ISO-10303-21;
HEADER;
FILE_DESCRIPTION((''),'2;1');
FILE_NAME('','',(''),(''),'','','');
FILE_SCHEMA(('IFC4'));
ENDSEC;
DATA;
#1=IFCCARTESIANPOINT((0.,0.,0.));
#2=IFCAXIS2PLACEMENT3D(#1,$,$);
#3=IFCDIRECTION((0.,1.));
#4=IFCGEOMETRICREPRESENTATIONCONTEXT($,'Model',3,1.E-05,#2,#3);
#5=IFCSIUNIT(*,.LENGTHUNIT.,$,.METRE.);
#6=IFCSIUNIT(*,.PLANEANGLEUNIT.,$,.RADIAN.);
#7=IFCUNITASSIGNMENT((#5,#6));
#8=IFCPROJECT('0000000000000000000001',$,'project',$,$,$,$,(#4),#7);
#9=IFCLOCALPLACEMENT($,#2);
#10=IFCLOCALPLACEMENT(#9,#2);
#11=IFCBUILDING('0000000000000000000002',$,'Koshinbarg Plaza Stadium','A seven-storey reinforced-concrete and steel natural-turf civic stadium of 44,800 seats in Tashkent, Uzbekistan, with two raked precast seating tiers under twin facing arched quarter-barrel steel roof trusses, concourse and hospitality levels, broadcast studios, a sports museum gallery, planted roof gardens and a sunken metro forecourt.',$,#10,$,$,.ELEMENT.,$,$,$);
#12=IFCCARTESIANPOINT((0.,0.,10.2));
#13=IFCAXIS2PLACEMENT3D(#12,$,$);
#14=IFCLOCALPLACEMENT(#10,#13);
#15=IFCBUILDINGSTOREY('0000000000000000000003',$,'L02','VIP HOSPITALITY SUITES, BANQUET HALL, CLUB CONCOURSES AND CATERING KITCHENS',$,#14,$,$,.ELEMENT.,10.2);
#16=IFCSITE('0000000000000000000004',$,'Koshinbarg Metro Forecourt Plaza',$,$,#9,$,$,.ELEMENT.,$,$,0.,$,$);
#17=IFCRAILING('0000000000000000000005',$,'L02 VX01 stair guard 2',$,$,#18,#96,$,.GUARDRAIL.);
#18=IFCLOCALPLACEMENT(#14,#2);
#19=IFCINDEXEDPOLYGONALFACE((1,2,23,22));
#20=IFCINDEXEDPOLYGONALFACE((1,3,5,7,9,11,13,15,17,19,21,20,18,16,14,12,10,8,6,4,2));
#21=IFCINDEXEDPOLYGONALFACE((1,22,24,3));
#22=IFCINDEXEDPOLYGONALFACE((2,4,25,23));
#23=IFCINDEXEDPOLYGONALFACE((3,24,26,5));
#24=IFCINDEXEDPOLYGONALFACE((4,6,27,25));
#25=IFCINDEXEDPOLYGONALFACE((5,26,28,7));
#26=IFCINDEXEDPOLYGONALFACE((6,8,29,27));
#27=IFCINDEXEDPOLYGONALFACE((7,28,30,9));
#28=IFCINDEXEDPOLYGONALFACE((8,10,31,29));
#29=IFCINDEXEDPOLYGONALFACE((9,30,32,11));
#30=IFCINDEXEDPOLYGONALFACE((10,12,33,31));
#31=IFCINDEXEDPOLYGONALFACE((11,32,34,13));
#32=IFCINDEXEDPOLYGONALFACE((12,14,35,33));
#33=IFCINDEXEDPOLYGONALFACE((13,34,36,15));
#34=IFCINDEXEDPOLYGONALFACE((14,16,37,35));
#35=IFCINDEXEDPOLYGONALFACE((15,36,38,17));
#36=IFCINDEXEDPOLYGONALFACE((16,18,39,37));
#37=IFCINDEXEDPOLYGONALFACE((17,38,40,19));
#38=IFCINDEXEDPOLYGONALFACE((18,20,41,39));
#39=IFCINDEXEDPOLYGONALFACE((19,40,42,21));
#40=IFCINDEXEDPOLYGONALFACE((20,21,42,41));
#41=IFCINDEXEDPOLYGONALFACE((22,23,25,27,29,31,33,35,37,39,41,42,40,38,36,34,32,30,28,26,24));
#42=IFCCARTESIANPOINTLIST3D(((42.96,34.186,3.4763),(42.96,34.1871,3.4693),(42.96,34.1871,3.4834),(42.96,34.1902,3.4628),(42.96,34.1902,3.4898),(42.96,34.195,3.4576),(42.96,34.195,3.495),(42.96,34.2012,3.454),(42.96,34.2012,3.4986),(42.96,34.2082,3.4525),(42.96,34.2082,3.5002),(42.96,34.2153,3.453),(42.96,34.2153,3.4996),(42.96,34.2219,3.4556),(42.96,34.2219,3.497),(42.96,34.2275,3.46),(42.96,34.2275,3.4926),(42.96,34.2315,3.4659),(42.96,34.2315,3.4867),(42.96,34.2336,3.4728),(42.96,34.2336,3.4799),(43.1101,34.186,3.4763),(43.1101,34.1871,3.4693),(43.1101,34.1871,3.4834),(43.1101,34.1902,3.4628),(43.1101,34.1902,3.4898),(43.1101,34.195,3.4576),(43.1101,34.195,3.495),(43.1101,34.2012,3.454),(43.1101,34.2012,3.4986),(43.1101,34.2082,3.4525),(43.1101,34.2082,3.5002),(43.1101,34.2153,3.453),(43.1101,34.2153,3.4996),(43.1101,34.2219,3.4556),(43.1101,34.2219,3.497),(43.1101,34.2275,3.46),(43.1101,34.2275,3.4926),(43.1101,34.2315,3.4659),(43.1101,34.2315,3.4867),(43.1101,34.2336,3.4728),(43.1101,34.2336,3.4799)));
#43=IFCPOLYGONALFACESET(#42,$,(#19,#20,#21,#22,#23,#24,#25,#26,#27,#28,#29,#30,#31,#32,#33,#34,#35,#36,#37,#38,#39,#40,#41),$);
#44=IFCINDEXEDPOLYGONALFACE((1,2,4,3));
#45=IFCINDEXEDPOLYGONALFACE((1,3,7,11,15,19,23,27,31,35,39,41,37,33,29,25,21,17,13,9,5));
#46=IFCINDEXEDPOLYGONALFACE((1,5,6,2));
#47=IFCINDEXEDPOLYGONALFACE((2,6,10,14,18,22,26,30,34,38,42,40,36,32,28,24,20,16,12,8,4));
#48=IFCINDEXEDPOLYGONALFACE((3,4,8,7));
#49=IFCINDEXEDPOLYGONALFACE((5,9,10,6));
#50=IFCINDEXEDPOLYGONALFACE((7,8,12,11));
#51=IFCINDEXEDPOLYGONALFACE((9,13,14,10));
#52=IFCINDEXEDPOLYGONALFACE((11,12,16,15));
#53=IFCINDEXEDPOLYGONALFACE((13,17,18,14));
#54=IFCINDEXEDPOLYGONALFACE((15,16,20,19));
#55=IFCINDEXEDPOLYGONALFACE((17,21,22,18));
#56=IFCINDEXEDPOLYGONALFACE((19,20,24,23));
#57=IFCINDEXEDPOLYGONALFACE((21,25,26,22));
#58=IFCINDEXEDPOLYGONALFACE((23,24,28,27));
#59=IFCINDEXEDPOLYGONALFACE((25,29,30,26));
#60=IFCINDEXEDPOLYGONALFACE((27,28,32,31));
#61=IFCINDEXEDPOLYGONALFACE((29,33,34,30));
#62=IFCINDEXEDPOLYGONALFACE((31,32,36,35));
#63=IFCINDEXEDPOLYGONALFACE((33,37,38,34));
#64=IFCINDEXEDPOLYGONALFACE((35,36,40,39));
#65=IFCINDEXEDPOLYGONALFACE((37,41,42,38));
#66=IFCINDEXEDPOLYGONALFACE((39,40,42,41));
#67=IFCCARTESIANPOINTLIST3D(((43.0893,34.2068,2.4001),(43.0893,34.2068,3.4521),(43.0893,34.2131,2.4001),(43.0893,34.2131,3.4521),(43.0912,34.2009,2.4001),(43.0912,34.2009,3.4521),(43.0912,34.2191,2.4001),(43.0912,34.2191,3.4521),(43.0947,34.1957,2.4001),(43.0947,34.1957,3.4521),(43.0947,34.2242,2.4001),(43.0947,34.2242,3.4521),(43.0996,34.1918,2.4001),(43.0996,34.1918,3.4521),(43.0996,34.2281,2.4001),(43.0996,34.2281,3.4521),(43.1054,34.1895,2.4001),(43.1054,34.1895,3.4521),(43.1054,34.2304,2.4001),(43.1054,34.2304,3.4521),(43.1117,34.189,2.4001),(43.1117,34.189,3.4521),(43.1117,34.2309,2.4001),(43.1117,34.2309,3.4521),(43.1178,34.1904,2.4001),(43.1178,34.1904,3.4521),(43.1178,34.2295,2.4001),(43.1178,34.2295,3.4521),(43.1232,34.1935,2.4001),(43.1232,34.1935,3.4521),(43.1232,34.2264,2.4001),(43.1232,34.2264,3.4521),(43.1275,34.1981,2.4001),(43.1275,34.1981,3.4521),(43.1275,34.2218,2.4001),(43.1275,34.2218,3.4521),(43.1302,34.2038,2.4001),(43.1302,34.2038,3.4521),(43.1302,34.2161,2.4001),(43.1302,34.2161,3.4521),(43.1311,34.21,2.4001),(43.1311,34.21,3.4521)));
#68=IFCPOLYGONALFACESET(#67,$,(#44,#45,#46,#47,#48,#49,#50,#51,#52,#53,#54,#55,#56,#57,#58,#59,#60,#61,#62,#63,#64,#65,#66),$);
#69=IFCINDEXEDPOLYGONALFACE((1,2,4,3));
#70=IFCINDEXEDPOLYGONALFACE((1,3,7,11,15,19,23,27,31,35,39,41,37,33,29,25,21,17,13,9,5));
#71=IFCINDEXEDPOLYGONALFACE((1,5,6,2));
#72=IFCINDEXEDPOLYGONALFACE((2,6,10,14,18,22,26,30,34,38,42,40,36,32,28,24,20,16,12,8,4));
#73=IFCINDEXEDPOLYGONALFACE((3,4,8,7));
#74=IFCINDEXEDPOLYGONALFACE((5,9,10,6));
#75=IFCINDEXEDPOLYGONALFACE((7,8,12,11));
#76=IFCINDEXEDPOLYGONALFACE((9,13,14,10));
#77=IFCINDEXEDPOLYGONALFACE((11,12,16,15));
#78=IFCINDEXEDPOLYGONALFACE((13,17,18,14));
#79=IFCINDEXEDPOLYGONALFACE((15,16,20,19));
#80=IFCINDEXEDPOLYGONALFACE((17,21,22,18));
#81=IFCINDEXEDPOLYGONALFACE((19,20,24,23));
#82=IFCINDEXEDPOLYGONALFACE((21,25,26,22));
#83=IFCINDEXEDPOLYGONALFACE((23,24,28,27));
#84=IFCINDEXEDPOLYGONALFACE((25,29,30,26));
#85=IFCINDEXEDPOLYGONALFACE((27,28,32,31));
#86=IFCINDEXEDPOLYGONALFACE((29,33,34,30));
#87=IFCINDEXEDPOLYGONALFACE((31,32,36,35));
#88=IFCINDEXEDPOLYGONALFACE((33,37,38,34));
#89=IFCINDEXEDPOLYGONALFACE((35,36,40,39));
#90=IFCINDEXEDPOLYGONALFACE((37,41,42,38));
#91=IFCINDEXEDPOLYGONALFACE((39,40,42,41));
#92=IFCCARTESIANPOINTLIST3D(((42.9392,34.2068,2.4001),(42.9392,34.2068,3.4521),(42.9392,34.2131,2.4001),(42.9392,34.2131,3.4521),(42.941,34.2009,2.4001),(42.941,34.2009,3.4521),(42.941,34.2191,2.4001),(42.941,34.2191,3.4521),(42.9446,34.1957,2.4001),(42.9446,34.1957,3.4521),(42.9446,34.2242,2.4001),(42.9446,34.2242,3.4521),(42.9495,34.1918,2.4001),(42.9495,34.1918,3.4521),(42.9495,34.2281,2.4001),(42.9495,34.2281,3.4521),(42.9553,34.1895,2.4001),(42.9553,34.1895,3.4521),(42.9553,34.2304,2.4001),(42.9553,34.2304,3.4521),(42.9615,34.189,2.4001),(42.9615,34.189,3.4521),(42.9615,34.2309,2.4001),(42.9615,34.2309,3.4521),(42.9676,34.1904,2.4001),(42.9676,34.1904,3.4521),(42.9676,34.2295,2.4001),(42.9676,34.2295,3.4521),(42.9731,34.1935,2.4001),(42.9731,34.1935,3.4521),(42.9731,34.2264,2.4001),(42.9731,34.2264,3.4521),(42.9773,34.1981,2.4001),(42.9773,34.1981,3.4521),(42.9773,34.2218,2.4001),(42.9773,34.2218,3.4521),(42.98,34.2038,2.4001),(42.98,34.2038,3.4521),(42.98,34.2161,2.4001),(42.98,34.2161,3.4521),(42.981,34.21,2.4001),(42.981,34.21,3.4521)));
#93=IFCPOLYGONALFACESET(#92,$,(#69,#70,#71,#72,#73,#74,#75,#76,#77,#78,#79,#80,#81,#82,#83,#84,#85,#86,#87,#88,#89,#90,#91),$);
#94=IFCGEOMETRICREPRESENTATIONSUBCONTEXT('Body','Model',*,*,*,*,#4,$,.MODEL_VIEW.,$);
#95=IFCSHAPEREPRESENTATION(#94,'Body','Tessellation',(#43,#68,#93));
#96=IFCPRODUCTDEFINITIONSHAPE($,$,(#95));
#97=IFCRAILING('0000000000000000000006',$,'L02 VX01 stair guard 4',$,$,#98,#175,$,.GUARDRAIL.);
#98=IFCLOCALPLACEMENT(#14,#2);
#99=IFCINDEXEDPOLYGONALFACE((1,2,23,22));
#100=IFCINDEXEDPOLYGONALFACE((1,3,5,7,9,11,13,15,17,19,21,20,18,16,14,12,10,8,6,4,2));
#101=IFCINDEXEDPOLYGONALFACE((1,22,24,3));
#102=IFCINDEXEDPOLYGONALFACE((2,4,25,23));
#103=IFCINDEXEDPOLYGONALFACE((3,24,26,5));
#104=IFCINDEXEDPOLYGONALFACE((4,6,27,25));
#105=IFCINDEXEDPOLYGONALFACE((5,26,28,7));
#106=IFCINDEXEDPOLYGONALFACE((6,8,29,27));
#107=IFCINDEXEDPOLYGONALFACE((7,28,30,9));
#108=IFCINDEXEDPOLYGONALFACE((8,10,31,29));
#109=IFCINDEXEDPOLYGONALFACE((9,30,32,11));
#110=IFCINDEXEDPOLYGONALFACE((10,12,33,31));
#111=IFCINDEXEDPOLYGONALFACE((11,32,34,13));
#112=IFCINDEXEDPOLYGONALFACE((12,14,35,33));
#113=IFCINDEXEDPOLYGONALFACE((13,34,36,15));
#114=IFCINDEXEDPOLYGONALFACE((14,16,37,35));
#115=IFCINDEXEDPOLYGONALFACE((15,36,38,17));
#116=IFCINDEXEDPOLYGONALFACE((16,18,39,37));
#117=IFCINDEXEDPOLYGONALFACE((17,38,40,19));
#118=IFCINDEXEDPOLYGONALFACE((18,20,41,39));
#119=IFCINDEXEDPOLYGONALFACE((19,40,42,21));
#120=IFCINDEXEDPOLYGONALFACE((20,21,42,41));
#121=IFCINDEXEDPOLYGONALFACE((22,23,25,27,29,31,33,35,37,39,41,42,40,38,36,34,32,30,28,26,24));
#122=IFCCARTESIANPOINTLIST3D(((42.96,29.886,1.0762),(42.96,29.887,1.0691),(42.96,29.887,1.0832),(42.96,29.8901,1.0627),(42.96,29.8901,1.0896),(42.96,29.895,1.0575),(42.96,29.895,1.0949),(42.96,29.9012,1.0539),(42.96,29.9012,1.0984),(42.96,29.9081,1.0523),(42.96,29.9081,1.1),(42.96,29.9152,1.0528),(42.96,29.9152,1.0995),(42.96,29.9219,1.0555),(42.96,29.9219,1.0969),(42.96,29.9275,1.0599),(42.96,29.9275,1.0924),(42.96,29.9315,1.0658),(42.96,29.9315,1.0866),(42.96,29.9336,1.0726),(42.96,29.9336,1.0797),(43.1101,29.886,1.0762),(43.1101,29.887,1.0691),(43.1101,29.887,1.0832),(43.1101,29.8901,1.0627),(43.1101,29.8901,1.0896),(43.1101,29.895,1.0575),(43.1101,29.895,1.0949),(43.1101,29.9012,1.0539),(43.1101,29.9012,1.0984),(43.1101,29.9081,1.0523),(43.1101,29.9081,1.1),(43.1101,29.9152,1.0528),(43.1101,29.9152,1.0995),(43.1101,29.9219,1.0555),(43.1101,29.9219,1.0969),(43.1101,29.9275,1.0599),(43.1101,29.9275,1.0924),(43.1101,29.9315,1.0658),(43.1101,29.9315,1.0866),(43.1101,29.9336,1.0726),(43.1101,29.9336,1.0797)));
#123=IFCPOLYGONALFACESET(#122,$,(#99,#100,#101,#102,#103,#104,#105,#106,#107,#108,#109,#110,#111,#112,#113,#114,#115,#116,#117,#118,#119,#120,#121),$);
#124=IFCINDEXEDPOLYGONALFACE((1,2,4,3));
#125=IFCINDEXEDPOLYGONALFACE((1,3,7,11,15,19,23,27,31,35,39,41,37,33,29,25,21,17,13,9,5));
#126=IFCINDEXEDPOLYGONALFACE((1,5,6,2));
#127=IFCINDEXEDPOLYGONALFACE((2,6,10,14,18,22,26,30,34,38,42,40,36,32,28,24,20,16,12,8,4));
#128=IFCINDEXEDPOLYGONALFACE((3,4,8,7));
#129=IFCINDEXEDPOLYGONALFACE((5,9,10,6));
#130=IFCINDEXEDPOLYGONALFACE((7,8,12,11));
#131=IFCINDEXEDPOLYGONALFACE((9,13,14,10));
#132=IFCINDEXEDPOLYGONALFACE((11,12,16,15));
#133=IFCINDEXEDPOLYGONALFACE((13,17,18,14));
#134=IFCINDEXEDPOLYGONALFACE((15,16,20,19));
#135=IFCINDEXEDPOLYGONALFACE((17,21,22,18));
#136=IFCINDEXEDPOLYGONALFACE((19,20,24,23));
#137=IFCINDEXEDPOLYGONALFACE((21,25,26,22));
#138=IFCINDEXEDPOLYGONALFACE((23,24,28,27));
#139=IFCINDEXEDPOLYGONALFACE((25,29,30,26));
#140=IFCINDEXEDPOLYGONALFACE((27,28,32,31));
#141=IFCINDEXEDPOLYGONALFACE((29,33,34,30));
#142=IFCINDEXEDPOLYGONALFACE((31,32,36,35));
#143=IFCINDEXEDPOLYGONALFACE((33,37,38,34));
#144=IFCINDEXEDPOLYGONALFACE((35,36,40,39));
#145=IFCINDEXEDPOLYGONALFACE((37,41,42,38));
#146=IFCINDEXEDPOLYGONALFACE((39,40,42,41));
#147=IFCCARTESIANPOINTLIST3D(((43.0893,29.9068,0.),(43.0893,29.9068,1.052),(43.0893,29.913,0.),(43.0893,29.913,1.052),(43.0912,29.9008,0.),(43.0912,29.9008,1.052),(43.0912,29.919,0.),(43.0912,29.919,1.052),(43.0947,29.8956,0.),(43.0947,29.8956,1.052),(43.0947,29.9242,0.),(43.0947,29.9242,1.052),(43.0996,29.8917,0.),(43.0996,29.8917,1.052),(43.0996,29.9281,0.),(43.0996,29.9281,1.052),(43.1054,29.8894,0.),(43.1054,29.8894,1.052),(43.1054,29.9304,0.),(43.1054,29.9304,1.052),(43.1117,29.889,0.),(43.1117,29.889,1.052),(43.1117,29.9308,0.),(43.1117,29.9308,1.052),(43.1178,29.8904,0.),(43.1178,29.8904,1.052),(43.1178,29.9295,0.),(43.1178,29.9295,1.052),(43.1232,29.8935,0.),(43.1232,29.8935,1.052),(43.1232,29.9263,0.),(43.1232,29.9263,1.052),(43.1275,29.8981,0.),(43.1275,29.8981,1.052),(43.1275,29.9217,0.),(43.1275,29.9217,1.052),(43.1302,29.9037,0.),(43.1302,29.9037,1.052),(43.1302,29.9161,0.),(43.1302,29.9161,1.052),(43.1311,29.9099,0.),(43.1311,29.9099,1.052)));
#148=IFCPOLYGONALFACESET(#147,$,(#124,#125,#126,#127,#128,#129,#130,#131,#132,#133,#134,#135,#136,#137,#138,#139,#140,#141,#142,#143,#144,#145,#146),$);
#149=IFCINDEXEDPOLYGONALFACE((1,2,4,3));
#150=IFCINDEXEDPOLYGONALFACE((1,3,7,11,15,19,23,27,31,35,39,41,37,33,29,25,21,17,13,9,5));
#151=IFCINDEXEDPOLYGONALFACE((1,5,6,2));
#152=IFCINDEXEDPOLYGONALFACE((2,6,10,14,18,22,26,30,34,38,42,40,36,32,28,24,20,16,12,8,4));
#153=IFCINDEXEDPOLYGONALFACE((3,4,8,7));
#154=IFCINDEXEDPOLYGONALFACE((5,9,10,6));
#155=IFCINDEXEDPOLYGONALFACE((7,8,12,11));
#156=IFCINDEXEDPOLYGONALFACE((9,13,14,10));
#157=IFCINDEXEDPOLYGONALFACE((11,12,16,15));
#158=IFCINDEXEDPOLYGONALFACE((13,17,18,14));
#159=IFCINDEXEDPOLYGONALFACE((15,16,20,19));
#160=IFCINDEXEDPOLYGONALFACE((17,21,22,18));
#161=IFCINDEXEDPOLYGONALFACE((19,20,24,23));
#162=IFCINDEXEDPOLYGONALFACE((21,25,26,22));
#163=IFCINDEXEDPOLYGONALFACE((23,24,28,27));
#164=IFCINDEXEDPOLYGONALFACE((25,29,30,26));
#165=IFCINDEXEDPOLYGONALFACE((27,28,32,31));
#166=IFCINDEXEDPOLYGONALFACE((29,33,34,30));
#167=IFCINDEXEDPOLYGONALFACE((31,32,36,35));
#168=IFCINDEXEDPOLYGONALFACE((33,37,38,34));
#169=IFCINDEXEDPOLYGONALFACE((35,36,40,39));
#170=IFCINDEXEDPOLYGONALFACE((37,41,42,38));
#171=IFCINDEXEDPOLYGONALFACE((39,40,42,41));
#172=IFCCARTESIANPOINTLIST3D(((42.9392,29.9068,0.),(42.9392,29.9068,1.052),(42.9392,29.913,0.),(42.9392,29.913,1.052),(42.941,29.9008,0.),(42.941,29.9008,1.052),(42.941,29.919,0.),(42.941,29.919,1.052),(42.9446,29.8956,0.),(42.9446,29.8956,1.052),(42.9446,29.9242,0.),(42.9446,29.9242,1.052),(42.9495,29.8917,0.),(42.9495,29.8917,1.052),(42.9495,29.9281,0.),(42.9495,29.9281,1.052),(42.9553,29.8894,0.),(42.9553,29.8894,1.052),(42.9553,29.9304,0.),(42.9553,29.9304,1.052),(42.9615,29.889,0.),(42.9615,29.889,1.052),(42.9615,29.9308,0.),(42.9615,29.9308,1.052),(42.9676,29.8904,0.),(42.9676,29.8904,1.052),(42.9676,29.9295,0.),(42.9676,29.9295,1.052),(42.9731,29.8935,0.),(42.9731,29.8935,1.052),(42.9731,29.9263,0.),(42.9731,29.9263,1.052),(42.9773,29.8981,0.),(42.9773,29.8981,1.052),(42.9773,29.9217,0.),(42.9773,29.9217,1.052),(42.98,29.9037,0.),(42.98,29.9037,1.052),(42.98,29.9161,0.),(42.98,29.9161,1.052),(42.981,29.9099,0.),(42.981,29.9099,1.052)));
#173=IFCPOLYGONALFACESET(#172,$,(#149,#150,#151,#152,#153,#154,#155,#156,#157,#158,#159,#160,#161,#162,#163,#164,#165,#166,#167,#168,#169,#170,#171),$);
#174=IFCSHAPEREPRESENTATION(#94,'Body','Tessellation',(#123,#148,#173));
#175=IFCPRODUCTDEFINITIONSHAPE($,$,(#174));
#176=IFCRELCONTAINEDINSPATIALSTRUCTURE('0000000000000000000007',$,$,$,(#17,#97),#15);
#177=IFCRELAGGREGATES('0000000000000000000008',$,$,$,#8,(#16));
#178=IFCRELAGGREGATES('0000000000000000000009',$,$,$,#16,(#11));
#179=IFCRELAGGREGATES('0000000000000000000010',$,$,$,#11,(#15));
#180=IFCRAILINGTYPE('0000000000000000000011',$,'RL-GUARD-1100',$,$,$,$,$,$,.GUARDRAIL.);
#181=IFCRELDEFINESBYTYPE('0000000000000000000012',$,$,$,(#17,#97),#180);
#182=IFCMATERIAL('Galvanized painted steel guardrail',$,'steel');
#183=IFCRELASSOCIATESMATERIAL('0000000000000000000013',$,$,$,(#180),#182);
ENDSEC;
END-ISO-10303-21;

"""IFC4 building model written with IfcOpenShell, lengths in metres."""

from ifc_helpers import new_model, si_unit, direction, frame, origin, origin_2d, place, context, subcontext, project, spatial, circle, extrude, material, type_object, element, save


model = new_model("IFC4")

# Units and contexts
model_context = context("Model", 3, precision=1e-05, world=origin(), true_north=direction((0.0, 1.0)))
body_context = subcontext(model_context, "Body", "Model", "MODEL_VIEW")
ifc_project = project(units=[si_unit("LENGTHUNIT", "METRE"), si_unit("PLANEANGLEUNIT", "RADIAN")], contexts=[model_context])

# Site, building, storey
site_placement = place(None, origin())
site = spatial("IfcSite", under=ifc_project, at=site_placement, Name="Koshinbarg Metro Forecourt Plaza", CompositionType="ELEMENT", RefElevation=0.0)
building_placement = place(site_placement, origin())
building = spatial("IfcBuilding", under=site, at=building_placement, Name="Koshinbarg Plaza Stadium", Description="A seven-storey reinforced-concrete and steel natural-turf civic stadium of 44,800 seats in Tashkent, Uzbekistan, with two raked precast seating tiers under twin facing arched quarter-barrel steel roof trusses, concourse and hospitality levels, broadcast studios, a sports museum gallery, planted roof gardens and a sunken metro forecourt.", CompositionType="ELEMENT")
storey_placement = place(building_placement, frame((0.0, 0.0, 10.2)))
storey = spatial("IfcBuildingStorey", under=building, at=storey_placement, Name="L02", Description="VIP HOSPITALITY SUITES, BANQUET HALL, CLUB CONCOURSES AND CATERING KITCHENS", CompositionType="ELEMENT", Elevation=10.2)

# Railings
ifc_material_1 = material(Name="Galvanized painted steel guardrail", Category="steel")
railing_type_1 = type_object("IfcRailingType", Name="RL-GUARD-1100", PredefinedType="GUARDRAIL", material=ifc_material_1)
for number, where, name in (
    (1, (43.1101, 34.21, 2.4001), "L02 VX01 stair guard 2"),
    (2, (43.1101, 29.9099, 0.0), "L02 VX01 stair guard 4"),
):
    element("IfcRailing", number, at=place(storey_placement, frame(where)), inside=storey, type_object=railing_type_1, Name=name, PredefinedType="GUARDRAIL", context=body_context, shape_type="SweptSolid", body=[
        extrude(circle(Radius=0.0239, at=origin_2d()), frame((0.0, 0.0, 1.0762), z_axis=(-1.0, 0.0, 0.0), x_axis=(0.0, -1.0, 0.0)), (0.0, 0.0, 1.0), 0.1501),
        extrude(circle(Radius=0.021, at=origin_2d()), origin(), (0.0, 0.0, 1.0), 1.052),
        extrude(circle(Radius=0.021, at=origin_2d()), frame((-0.1501, 0.0, 0.0)), (0.0, 0.0, 1.0), 1.052),
    ])

save(model, "model.ifc")
